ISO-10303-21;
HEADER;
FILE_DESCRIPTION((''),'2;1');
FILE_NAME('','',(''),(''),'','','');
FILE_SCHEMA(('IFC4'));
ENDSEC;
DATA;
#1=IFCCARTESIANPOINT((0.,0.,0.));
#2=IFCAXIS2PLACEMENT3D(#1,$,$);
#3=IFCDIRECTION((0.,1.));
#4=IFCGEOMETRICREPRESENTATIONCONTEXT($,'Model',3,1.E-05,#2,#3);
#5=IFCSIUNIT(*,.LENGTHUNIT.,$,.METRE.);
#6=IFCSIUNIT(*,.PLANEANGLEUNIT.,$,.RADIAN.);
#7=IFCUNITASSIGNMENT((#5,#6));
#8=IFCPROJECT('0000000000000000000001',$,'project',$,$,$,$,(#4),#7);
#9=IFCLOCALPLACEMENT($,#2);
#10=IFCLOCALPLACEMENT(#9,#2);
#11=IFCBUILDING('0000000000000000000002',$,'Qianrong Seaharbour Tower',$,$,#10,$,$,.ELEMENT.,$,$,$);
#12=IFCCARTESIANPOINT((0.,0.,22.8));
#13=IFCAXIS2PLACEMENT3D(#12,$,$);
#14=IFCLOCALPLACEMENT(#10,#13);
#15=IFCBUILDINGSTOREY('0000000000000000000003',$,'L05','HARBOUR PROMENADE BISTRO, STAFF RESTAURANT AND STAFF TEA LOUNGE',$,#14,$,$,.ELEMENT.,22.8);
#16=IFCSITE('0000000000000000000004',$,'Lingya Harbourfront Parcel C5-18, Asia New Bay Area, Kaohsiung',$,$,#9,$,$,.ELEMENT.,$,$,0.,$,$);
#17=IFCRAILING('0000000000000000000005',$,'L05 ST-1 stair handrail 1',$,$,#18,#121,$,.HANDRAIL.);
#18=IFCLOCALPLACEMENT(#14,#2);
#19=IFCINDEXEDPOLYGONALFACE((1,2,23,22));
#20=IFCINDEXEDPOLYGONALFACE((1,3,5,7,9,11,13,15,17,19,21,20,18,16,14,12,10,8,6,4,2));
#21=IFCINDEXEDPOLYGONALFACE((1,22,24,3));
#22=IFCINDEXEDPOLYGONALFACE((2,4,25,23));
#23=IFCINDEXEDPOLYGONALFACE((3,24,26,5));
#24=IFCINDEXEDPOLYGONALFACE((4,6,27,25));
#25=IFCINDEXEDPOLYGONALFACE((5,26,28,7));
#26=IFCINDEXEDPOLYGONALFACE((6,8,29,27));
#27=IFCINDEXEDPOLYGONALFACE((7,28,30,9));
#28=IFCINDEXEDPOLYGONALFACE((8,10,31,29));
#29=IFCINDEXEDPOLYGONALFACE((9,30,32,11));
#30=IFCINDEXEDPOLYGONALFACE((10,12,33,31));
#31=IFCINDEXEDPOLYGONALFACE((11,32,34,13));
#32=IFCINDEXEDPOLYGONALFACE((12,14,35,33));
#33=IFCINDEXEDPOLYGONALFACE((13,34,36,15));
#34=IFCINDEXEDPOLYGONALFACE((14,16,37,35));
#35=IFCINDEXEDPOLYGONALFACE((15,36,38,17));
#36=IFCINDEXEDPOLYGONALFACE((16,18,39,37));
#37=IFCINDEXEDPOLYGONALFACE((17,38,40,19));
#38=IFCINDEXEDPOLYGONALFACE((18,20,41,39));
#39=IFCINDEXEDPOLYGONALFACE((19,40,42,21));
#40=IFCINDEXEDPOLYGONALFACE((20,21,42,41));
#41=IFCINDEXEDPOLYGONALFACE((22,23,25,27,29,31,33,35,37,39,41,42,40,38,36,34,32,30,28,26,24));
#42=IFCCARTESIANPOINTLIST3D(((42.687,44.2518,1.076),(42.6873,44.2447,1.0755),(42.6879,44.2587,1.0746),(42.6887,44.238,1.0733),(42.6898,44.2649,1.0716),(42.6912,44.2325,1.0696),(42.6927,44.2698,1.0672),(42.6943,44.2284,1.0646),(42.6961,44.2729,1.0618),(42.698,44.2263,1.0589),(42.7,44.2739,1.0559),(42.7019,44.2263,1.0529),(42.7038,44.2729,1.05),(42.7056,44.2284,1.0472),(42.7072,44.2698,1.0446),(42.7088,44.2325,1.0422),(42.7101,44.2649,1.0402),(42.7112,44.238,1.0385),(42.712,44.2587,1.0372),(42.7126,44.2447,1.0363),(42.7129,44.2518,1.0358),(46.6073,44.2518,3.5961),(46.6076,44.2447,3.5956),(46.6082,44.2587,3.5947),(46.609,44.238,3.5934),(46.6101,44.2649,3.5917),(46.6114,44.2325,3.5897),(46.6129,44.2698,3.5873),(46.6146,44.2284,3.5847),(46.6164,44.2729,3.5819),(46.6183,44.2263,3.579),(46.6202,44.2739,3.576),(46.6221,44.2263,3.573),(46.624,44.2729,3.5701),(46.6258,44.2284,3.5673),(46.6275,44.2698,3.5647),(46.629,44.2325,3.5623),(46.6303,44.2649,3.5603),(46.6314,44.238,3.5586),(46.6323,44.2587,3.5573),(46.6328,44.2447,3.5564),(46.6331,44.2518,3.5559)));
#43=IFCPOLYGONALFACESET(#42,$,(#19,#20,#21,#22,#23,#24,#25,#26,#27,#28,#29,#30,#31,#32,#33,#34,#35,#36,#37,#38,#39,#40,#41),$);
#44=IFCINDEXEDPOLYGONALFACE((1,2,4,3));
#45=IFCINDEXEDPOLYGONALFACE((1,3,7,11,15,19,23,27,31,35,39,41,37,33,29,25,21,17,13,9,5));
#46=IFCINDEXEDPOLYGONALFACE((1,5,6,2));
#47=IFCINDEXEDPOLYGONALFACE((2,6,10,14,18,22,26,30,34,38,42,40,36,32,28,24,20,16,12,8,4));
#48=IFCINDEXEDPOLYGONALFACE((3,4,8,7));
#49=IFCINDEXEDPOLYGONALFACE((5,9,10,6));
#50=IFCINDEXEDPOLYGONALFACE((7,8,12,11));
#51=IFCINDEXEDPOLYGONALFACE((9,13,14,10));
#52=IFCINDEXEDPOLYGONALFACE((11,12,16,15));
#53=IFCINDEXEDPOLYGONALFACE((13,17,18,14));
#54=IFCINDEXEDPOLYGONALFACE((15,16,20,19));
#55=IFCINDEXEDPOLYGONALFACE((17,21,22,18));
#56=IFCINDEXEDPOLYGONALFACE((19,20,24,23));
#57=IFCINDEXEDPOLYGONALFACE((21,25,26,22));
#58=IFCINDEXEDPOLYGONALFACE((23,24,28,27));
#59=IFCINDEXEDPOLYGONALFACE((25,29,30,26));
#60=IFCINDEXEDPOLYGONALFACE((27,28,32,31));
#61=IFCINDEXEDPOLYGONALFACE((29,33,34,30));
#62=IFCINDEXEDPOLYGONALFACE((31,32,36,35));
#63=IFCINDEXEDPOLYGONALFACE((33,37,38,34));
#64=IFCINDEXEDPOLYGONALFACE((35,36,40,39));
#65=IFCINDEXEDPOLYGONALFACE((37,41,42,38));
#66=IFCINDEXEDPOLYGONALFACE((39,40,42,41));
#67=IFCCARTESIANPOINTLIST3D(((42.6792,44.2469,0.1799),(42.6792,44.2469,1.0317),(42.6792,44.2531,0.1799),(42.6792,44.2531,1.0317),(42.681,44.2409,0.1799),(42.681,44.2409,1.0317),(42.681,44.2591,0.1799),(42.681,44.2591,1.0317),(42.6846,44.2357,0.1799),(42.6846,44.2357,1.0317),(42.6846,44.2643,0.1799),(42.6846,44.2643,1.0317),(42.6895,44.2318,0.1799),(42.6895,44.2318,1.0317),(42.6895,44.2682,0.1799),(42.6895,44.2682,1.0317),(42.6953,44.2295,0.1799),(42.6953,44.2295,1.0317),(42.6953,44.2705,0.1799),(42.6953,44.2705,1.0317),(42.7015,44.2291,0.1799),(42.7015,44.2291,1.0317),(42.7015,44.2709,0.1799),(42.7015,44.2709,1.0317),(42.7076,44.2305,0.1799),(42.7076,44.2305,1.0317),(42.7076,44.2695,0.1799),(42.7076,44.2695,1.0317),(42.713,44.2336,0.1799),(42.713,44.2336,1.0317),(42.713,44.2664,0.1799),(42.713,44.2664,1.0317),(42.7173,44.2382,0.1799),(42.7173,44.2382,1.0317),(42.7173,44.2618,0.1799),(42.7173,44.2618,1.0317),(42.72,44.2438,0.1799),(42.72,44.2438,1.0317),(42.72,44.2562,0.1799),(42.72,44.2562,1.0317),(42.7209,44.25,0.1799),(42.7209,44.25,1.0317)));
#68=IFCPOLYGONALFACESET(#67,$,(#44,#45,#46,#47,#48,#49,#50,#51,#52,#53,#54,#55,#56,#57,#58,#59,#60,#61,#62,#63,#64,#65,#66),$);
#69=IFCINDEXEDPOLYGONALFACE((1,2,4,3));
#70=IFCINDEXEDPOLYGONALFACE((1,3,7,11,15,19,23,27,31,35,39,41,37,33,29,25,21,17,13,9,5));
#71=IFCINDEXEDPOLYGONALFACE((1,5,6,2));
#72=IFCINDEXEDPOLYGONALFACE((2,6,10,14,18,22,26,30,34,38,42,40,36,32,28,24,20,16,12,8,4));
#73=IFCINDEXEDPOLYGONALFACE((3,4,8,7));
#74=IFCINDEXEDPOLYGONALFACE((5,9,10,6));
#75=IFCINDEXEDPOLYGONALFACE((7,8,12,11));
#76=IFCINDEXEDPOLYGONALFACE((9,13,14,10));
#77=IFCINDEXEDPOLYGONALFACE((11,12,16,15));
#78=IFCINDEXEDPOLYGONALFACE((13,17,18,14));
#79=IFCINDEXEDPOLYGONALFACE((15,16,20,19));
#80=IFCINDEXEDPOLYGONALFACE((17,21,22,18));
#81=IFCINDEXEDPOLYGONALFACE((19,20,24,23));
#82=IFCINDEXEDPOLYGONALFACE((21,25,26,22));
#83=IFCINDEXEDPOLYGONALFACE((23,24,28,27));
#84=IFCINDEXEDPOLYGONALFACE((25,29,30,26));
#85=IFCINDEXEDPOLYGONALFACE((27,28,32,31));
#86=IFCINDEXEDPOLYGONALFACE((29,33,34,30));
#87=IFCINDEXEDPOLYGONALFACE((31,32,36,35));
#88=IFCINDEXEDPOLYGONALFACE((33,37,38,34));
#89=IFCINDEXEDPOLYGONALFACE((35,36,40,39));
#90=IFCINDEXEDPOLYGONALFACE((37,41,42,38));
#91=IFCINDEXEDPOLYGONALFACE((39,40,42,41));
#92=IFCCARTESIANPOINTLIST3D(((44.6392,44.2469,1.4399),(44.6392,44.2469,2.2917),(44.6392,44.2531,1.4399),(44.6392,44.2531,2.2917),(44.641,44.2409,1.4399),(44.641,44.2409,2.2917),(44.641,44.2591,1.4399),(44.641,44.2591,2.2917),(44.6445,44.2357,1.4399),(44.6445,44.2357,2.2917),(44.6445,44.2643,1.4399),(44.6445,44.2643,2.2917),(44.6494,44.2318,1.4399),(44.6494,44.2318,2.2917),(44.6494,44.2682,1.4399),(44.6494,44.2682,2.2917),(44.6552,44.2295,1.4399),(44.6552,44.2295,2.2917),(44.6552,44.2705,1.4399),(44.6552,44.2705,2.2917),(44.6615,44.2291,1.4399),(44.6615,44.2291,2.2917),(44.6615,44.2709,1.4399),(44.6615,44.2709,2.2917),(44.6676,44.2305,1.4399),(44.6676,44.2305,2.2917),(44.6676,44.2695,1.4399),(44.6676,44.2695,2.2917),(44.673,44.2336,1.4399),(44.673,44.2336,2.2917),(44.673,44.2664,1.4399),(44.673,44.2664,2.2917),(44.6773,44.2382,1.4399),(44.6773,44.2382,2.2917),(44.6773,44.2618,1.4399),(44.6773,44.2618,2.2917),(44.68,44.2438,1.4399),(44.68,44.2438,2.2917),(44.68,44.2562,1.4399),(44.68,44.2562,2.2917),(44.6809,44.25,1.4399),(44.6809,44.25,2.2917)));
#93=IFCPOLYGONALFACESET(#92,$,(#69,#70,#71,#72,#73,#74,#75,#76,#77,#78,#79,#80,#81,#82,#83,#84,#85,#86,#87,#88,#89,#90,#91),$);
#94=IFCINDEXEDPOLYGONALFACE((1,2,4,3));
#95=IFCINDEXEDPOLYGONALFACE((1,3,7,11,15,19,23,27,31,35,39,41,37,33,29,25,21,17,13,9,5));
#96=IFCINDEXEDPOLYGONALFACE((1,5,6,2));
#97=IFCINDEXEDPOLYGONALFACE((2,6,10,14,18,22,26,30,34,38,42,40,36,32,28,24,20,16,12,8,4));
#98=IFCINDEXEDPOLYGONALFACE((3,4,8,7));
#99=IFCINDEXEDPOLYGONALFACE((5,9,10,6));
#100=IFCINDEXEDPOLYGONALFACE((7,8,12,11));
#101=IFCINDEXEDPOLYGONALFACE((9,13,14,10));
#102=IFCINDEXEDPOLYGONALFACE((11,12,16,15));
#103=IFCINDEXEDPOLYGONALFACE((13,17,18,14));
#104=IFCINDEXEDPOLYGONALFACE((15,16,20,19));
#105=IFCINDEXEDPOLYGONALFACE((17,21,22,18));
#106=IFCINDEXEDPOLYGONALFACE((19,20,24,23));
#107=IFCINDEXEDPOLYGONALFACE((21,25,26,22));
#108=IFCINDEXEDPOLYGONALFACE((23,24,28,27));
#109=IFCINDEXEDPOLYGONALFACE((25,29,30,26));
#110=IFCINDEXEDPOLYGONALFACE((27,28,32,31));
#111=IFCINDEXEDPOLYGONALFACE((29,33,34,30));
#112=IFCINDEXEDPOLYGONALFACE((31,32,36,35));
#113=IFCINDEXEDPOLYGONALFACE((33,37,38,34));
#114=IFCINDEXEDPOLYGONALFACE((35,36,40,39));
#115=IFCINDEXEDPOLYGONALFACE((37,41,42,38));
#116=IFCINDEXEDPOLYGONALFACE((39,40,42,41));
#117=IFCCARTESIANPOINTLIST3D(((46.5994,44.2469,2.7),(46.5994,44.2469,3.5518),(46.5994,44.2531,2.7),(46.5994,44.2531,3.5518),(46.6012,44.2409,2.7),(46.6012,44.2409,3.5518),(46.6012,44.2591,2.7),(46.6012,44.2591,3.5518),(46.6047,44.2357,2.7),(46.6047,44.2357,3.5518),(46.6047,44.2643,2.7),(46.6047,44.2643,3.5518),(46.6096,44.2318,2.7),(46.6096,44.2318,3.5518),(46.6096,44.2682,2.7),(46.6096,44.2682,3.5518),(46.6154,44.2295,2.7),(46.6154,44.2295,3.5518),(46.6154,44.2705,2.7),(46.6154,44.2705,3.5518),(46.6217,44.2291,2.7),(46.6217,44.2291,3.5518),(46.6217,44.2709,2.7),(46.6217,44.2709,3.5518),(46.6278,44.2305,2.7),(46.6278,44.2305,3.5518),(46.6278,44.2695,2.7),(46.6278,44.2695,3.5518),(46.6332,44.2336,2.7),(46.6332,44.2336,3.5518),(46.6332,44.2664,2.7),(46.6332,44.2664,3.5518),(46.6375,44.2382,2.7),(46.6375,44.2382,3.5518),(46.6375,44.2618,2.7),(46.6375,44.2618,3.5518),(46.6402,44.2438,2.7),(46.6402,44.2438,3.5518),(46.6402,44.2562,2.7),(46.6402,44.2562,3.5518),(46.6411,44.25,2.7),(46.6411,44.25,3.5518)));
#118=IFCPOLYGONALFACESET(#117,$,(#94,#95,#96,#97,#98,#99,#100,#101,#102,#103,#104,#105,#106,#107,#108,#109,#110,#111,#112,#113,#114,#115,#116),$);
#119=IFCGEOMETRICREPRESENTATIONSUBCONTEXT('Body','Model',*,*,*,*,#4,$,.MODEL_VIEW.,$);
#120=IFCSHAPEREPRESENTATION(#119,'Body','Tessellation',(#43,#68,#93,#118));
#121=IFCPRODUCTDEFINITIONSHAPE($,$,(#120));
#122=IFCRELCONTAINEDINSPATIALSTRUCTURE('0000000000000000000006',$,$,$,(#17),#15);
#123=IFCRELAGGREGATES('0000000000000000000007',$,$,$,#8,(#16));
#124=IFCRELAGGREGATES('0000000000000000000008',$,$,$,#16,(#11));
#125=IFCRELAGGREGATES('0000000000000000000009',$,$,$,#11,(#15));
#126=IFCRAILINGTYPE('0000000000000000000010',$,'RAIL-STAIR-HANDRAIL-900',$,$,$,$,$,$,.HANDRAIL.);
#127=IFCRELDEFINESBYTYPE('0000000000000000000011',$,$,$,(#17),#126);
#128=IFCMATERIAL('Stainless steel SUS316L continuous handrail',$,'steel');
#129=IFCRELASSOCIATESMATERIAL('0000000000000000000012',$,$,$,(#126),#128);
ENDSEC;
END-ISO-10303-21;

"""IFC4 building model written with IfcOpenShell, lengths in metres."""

from ifc_helpers import new_model, si_unit, direction, frame, origin, origin_2d, place, context, subcontext, project, spatial, circle, extrude, material, type_object, element, save


model = new_model("IFC4")

# Units and contexts
model_context = context("Model", 3, precision=1e-05, world=origin(), true_north=direction((0.0, 1.0)))
body_context = subcontext(model_context, "Body", "Model", "MODEL_VIEW")
ifc_project = project(units=[si_unit("LENGTHUNIT", "METRE"), si_unit("PLANEANGLEUNIT", "RADIAN")], contexts=[model_context])

# Site, building, storey
site_placement = place(None, origin())
site = spatial("IfcSite", under=ifc_project, at=site_placement, Name="Lingya Harbourfront Parcel C5-18, Asia New Bay Area, Kaohsiung", CompositionType="ELEMENT", RefElevation=0.0)
building_placement = place(site_placement, origin())
building = spatial("IfcBuilding", under=site, at=building_placement, Name="Qianrong Seaharbour Tower", CompositionType="ELEMENT")
storey_placement = place(building_placement, frame((0.0, 0.0, 22.8)))
storey = spatial("IfcBuildingStorey", under=building, at=storey_placement, Name="L05", Description="HARBOUR PROMENADE BISTRO, STAFF RESTAURANT AND STAFF TEA LOUNGE", CompositionType="ELEMENT", Elevation=22.8)

# Railing
ifc_material_1 = material(Name="Stainless steel SUS316L continuous handrail", Category="steel")
railing_type = type_object("IfcRailingType", Name="RAIL-STAIR-HANDRAIL-900", PredefinedType="HANDRAIL", material=ifc_material_1)
railing_placement = place(storey_placement, frame((42.7, 44.25, 0.1799)))
element("IfcRailing", 1, at=railing_placement, inside=storey, type_object=railing_type, Name="L05 ST-1 stair handrail 1", PredefinedType="HANDRAIL", context=body_context, shape_type="SweptSolid", body=[
    extrude(circle(Radius=0.0239, at=origin_2d()), frame((0.0, 0.0, 0.876), z_axis=(0.841187, 0.0, 0.540744), x_axis=(0.0, 1.0, 0.0)), (0.0, 0.0, 1.0), 4.6604),
    extrude(circle(Radius=0.021, at=origin_2d()), origin(), (0.0, 0.0, 1.0), 0.8518),
    extrude(circle(Radius=0.021, at=origin_2d()), frame((1.96, 0.0, 1.26)), (0.0, 0.0, 1.0), 0.8518),
    extrude(circle(Radius=0.021, at=origin_2d()), frame((3.9202, 0.0, 2.52)), (0.0, 0.0, 1.0), 0.8518),
])

save(model, "model.ifc")
